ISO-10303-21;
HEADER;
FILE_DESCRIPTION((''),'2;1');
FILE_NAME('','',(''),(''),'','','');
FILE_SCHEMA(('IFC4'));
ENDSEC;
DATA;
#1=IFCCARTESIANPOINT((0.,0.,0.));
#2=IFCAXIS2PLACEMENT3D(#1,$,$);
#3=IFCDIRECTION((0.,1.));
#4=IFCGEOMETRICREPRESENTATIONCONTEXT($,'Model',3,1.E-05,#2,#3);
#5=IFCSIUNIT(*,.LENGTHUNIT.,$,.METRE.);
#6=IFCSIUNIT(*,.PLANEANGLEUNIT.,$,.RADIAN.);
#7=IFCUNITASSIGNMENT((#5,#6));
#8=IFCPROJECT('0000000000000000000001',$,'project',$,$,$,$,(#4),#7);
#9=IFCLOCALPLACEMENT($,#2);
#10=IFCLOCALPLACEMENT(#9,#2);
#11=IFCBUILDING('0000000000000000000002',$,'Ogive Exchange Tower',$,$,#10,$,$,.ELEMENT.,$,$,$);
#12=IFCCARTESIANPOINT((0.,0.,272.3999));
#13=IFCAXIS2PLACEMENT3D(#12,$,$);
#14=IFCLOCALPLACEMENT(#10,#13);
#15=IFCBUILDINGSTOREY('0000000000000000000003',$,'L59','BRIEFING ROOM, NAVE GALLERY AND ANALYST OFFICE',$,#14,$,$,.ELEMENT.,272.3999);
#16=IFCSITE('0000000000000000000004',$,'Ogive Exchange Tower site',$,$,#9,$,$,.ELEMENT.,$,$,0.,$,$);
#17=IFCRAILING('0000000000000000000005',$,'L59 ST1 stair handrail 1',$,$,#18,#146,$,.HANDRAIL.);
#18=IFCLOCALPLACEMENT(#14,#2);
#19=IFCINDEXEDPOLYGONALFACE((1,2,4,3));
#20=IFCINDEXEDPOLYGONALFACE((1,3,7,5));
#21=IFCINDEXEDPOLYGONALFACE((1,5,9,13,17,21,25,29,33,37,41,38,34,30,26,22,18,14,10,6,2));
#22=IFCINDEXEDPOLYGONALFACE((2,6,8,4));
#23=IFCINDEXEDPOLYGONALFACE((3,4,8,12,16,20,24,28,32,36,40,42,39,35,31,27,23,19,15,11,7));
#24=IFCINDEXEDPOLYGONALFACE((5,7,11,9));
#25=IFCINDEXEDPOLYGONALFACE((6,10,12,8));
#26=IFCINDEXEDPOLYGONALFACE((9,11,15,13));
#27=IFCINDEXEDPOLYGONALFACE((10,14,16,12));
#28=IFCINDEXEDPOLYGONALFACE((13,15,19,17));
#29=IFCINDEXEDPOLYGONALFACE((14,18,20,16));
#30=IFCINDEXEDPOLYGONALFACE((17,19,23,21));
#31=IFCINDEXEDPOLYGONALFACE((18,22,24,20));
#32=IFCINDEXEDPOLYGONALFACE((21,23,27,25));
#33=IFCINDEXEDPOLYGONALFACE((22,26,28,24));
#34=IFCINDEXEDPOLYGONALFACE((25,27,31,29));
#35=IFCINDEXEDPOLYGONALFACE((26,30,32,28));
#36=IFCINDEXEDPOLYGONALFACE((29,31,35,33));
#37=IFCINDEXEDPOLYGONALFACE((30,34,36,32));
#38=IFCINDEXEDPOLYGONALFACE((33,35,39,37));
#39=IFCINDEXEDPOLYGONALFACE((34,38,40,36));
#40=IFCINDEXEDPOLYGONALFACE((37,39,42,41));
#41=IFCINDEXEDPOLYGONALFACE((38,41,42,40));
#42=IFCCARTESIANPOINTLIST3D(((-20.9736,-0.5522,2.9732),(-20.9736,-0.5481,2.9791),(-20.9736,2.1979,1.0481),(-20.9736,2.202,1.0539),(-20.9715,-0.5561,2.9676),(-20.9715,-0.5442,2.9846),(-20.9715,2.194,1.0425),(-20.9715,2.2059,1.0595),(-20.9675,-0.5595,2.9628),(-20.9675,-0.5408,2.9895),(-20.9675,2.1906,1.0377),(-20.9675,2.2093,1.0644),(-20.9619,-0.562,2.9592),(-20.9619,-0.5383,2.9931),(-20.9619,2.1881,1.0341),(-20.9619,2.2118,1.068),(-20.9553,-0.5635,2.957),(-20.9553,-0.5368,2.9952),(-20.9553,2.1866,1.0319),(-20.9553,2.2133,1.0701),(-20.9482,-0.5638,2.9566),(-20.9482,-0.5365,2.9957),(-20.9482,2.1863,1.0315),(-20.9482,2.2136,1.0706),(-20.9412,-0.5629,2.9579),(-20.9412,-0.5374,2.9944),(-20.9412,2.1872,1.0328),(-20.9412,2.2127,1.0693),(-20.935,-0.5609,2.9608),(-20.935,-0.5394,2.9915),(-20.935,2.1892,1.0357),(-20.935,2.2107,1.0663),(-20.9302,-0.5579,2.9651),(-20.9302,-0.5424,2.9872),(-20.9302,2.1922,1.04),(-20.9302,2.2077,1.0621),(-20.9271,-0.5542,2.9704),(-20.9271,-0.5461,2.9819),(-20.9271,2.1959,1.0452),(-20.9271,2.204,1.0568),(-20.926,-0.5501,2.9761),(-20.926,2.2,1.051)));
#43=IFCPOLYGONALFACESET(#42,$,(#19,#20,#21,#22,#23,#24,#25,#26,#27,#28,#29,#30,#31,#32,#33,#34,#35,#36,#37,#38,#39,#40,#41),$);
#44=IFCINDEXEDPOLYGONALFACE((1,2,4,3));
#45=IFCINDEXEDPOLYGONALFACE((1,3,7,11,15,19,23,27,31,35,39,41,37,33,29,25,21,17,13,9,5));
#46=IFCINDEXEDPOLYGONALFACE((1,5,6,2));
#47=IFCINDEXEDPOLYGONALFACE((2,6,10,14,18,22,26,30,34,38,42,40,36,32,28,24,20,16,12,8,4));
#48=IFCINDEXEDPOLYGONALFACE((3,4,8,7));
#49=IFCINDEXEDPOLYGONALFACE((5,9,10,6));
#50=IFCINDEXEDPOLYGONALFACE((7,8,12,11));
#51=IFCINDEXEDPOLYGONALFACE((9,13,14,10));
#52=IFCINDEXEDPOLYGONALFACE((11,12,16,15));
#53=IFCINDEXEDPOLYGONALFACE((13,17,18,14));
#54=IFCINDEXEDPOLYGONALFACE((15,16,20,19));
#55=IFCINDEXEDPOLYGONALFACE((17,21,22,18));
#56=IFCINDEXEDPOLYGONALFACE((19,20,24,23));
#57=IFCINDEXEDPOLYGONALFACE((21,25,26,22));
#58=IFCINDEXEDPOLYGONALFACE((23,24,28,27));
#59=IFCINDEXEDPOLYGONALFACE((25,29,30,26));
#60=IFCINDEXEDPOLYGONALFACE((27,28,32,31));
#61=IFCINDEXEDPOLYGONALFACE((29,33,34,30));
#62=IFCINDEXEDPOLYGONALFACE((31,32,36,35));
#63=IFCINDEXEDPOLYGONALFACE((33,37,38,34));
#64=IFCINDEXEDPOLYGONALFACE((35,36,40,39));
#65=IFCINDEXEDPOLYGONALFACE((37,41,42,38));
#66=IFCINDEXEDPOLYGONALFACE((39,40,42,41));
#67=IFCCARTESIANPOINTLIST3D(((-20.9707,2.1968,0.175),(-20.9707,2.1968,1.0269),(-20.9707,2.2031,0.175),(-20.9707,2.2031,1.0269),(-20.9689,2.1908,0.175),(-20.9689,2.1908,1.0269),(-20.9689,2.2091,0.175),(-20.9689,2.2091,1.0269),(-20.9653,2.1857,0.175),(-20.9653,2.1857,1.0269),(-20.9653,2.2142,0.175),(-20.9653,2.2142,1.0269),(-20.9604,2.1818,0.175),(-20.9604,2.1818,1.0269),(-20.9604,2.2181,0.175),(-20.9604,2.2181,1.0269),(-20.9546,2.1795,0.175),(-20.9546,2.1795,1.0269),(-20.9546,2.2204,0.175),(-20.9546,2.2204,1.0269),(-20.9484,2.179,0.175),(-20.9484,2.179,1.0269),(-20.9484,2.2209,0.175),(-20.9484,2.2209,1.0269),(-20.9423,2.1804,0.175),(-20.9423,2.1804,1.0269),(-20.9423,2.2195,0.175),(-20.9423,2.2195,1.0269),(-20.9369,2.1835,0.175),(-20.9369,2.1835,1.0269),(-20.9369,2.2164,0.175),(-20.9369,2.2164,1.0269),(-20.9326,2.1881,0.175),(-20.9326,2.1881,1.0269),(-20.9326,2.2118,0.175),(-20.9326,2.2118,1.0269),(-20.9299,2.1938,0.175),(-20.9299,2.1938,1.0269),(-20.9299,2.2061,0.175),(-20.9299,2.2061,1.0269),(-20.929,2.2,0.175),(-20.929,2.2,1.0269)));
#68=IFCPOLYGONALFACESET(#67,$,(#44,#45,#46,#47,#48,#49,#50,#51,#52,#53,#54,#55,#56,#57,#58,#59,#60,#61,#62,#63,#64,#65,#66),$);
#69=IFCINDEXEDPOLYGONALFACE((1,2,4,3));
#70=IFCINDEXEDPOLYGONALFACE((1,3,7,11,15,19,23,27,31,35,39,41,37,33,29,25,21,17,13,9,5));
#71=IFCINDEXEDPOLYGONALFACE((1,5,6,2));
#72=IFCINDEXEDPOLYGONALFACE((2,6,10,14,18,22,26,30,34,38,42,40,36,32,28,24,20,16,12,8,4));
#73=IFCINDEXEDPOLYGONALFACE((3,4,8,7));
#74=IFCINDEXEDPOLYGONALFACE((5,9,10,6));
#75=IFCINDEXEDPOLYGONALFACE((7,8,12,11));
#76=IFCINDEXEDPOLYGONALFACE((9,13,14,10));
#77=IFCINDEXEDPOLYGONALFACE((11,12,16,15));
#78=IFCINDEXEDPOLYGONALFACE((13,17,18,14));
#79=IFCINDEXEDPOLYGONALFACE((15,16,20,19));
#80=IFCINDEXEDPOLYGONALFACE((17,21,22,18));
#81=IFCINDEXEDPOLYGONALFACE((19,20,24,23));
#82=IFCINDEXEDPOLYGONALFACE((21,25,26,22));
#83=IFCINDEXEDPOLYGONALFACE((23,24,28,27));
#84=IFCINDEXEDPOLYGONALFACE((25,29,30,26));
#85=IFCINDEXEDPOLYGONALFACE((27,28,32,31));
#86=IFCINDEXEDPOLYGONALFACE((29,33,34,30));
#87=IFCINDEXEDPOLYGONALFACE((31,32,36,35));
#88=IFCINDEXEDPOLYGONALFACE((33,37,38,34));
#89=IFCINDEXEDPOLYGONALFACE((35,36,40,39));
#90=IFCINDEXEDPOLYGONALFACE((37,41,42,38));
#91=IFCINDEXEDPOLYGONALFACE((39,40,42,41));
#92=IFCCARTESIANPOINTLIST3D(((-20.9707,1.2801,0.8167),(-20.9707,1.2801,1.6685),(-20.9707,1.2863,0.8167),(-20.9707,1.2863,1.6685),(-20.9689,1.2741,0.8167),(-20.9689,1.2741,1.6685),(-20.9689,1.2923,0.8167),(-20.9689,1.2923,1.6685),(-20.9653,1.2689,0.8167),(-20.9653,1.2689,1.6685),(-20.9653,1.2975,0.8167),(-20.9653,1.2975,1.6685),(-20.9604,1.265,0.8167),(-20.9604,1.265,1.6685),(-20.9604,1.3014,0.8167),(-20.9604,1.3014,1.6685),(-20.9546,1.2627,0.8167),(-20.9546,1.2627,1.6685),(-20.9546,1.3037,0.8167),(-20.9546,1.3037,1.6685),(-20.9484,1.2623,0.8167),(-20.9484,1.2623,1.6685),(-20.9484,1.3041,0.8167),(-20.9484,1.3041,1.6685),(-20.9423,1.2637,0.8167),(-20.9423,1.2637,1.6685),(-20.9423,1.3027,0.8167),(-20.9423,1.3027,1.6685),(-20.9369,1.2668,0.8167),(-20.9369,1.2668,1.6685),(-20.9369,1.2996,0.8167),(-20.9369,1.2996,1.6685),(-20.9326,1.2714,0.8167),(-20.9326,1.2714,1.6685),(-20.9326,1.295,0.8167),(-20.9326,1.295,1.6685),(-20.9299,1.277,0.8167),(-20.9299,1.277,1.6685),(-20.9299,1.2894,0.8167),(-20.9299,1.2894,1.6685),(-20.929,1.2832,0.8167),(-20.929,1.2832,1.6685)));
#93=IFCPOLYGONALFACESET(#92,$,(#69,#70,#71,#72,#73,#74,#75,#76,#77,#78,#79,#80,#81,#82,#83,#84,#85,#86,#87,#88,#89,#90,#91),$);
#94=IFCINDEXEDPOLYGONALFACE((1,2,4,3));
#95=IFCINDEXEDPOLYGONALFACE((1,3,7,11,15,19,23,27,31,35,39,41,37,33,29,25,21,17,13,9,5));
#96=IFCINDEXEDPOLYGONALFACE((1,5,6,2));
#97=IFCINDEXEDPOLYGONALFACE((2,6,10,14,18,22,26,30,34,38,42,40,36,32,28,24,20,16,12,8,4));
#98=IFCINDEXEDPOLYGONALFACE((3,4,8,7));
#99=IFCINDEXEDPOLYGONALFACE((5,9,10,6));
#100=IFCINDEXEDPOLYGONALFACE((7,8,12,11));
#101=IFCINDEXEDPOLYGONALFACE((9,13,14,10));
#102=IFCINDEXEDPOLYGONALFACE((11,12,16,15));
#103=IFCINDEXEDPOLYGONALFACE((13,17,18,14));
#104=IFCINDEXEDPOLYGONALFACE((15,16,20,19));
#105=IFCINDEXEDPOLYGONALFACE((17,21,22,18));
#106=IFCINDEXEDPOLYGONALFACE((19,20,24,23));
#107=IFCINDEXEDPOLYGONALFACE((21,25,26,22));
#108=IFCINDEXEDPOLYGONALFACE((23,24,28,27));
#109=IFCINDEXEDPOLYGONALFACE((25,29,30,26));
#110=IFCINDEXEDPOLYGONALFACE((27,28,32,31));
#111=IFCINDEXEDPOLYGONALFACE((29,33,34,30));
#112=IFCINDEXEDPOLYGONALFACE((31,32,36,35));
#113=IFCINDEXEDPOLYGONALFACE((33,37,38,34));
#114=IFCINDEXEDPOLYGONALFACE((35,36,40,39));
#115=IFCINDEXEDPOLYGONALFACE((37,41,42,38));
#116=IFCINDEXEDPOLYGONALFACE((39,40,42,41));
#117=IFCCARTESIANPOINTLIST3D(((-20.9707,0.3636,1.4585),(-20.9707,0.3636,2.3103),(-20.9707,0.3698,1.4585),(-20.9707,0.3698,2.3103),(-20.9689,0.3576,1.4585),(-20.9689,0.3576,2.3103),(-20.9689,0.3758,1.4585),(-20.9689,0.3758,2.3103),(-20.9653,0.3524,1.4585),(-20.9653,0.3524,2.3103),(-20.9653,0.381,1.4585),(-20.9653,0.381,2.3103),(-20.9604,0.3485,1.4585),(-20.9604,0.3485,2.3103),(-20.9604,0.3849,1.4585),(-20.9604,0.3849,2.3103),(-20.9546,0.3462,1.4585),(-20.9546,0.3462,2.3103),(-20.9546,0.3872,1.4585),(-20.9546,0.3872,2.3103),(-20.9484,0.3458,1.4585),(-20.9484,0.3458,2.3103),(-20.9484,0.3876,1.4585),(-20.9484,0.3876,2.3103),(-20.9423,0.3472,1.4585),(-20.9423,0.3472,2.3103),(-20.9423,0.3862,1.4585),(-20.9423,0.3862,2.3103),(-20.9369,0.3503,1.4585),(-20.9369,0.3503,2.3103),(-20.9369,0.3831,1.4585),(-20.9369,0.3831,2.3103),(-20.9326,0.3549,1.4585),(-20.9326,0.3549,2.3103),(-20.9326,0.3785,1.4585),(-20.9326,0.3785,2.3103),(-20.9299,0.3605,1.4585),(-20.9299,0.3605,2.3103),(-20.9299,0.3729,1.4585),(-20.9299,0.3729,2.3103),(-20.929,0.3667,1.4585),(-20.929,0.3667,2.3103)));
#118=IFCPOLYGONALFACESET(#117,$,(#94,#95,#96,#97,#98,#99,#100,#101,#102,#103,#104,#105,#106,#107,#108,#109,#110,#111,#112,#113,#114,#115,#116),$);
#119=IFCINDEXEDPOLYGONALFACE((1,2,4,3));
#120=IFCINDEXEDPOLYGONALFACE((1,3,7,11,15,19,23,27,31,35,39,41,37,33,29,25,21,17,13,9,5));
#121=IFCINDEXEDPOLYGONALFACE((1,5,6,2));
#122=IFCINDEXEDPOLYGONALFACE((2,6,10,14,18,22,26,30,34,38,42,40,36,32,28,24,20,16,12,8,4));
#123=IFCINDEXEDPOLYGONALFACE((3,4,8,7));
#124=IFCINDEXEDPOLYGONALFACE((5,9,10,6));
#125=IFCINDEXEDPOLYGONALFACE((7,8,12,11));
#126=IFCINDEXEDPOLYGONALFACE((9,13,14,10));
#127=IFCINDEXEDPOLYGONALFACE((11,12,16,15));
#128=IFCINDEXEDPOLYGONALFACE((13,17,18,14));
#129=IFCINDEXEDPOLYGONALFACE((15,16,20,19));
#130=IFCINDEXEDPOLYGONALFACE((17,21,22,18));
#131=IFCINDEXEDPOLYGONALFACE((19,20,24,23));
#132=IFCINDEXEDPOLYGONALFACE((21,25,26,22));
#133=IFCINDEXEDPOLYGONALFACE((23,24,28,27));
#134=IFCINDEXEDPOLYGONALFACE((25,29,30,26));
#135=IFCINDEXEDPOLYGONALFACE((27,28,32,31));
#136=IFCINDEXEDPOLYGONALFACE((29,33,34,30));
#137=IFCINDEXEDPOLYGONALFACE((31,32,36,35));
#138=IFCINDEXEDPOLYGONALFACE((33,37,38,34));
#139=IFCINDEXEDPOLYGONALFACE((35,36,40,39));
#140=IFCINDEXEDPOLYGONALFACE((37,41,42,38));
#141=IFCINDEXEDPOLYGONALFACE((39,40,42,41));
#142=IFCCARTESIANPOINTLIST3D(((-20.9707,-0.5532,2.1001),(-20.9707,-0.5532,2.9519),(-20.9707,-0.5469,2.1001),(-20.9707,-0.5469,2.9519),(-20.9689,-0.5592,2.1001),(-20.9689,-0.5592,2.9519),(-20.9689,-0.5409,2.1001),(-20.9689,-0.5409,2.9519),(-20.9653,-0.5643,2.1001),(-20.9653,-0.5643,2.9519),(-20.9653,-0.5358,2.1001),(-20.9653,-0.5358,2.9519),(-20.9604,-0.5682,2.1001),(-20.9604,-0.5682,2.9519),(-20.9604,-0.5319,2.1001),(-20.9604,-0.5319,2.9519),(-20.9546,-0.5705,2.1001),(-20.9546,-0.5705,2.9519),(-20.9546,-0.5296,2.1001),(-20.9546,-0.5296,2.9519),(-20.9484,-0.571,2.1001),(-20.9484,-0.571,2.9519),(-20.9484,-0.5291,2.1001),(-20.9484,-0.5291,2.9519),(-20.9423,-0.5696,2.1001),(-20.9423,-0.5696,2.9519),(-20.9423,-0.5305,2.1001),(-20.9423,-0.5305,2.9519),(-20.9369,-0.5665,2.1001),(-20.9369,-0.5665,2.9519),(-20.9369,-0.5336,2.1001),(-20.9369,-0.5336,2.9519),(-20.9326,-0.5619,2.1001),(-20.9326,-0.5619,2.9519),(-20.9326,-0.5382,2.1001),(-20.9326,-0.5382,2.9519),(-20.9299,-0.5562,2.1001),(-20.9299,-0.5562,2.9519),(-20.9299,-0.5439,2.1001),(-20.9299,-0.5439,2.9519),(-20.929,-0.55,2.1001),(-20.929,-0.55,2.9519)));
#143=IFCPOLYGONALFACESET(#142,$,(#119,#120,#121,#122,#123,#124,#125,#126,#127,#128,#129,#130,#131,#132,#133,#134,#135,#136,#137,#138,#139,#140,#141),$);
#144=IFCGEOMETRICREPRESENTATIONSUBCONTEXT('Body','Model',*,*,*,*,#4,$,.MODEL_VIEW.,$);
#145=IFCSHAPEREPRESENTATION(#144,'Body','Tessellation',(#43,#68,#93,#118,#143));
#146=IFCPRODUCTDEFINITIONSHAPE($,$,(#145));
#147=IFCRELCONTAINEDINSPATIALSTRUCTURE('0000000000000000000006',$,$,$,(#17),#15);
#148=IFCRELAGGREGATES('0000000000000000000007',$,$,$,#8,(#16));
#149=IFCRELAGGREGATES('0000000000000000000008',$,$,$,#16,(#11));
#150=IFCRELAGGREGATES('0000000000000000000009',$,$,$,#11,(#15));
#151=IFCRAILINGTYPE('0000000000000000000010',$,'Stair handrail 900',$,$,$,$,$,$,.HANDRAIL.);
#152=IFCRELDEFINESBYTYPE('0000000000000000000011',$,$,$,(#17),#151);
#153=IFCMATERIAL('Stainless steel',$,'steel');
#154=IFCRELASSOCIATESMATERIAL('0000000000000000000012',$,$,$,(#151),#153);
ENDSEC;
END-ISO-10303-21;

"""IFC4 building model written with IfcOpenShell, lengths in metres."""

from ifc_helpers import new_model, si_unit, direction, frame, origin, origin_2d, place, context, subcontext, project, spatial, circle, extrude, material, type_object, element, save


model = new_model("IFC4")

# Units and contexts
model_context = context("Model", 3, precision=1e-05, world=origin(), true_north=direction((0.0, 1.0)))
body_context = subcontext(model_context, "Body", "Model", "MODEL_VIEW")
ifc_project = project(units=[si_unit("LENGTHUNIT", "METRE"), si_unit("PLANEANGLEUNIT", "RADIAN")], contexts=[model_context])

# Site, building, storey
site_placement = place(None, origin())
site = spatial("IfcSite", under=ifc_project, at=site_placement, Name="Ogive Exchange Tower site", CompositionType="ELEMENT", RefElevation=0.0)
building_placement = place(site_placement, origin())
building = spatial("IfcBuilding", under=site, at=building_placement, Name="Ogive Exchange Tower", CompositionType="ELEMENT")
storey_placement = place(building_placement, frame((0.0, 0.0, 272.3999)))
storey = spatial("IfcBuildingStorey", under=building, at=storey_placement, Name="L59", Description="BRIEFING ROOM, NAVE GALLERY AND ANALYST OFFICE", CompositionType="ELEMENT", Elevation=272.3999)

# Shared definitions
ifc_material_1 = material(Name="Stainless steel", Category="steel")

# Railing
railing_type = type_object("IfcRailingType", Name="Stair handrail 900", PredefinedType="HANDRAIL", material=ifc_material_1)
railing_placement = place(storey_placement, frame((-20.95, 2.2, 0.175)))
element("IfcRailing", 1, at=railing_placement, inside=storey, type_object=railing_type, Name="L59 ST1 stair handrail 1", PredefinedType="HANDRAIL", context=body_context, shape_type="SweptSolid", body=[
    extrude(circle(Radius=0.0239, at=origin_2d()), frame((0.0, 0.0, 0.876), z_axis=(0.0, -0.819225, 0.573472), x_axis=(1.0, 0.0, 0.0)), (0.0, 0.0, 1.0), 3.3569),
    extrude(circle(Radius=0.021, at=origin_2d()), origin(), (0.0, 0.0, 1.0), 0.8518),
    extrude(circle(Radius=0.021, at=origin_2d()), frame((0.0, -0.9167, 0.6416)), (0.0, 0.0, 1.0), 0.8518),
    extrude(circle(Radius=0.021, at=origin_2d()), frame((0.0, -1.8333, 1.2834)), (0.0, 0.0, 1.0), 0.8518),
    extrude(circle(Radius=0.021, at=origin_2d()), frame((0.0, -2.75, 1.925)), (0.0, 0.0, 1.0), 0.8518),
])

save(model, "model.ifc")
